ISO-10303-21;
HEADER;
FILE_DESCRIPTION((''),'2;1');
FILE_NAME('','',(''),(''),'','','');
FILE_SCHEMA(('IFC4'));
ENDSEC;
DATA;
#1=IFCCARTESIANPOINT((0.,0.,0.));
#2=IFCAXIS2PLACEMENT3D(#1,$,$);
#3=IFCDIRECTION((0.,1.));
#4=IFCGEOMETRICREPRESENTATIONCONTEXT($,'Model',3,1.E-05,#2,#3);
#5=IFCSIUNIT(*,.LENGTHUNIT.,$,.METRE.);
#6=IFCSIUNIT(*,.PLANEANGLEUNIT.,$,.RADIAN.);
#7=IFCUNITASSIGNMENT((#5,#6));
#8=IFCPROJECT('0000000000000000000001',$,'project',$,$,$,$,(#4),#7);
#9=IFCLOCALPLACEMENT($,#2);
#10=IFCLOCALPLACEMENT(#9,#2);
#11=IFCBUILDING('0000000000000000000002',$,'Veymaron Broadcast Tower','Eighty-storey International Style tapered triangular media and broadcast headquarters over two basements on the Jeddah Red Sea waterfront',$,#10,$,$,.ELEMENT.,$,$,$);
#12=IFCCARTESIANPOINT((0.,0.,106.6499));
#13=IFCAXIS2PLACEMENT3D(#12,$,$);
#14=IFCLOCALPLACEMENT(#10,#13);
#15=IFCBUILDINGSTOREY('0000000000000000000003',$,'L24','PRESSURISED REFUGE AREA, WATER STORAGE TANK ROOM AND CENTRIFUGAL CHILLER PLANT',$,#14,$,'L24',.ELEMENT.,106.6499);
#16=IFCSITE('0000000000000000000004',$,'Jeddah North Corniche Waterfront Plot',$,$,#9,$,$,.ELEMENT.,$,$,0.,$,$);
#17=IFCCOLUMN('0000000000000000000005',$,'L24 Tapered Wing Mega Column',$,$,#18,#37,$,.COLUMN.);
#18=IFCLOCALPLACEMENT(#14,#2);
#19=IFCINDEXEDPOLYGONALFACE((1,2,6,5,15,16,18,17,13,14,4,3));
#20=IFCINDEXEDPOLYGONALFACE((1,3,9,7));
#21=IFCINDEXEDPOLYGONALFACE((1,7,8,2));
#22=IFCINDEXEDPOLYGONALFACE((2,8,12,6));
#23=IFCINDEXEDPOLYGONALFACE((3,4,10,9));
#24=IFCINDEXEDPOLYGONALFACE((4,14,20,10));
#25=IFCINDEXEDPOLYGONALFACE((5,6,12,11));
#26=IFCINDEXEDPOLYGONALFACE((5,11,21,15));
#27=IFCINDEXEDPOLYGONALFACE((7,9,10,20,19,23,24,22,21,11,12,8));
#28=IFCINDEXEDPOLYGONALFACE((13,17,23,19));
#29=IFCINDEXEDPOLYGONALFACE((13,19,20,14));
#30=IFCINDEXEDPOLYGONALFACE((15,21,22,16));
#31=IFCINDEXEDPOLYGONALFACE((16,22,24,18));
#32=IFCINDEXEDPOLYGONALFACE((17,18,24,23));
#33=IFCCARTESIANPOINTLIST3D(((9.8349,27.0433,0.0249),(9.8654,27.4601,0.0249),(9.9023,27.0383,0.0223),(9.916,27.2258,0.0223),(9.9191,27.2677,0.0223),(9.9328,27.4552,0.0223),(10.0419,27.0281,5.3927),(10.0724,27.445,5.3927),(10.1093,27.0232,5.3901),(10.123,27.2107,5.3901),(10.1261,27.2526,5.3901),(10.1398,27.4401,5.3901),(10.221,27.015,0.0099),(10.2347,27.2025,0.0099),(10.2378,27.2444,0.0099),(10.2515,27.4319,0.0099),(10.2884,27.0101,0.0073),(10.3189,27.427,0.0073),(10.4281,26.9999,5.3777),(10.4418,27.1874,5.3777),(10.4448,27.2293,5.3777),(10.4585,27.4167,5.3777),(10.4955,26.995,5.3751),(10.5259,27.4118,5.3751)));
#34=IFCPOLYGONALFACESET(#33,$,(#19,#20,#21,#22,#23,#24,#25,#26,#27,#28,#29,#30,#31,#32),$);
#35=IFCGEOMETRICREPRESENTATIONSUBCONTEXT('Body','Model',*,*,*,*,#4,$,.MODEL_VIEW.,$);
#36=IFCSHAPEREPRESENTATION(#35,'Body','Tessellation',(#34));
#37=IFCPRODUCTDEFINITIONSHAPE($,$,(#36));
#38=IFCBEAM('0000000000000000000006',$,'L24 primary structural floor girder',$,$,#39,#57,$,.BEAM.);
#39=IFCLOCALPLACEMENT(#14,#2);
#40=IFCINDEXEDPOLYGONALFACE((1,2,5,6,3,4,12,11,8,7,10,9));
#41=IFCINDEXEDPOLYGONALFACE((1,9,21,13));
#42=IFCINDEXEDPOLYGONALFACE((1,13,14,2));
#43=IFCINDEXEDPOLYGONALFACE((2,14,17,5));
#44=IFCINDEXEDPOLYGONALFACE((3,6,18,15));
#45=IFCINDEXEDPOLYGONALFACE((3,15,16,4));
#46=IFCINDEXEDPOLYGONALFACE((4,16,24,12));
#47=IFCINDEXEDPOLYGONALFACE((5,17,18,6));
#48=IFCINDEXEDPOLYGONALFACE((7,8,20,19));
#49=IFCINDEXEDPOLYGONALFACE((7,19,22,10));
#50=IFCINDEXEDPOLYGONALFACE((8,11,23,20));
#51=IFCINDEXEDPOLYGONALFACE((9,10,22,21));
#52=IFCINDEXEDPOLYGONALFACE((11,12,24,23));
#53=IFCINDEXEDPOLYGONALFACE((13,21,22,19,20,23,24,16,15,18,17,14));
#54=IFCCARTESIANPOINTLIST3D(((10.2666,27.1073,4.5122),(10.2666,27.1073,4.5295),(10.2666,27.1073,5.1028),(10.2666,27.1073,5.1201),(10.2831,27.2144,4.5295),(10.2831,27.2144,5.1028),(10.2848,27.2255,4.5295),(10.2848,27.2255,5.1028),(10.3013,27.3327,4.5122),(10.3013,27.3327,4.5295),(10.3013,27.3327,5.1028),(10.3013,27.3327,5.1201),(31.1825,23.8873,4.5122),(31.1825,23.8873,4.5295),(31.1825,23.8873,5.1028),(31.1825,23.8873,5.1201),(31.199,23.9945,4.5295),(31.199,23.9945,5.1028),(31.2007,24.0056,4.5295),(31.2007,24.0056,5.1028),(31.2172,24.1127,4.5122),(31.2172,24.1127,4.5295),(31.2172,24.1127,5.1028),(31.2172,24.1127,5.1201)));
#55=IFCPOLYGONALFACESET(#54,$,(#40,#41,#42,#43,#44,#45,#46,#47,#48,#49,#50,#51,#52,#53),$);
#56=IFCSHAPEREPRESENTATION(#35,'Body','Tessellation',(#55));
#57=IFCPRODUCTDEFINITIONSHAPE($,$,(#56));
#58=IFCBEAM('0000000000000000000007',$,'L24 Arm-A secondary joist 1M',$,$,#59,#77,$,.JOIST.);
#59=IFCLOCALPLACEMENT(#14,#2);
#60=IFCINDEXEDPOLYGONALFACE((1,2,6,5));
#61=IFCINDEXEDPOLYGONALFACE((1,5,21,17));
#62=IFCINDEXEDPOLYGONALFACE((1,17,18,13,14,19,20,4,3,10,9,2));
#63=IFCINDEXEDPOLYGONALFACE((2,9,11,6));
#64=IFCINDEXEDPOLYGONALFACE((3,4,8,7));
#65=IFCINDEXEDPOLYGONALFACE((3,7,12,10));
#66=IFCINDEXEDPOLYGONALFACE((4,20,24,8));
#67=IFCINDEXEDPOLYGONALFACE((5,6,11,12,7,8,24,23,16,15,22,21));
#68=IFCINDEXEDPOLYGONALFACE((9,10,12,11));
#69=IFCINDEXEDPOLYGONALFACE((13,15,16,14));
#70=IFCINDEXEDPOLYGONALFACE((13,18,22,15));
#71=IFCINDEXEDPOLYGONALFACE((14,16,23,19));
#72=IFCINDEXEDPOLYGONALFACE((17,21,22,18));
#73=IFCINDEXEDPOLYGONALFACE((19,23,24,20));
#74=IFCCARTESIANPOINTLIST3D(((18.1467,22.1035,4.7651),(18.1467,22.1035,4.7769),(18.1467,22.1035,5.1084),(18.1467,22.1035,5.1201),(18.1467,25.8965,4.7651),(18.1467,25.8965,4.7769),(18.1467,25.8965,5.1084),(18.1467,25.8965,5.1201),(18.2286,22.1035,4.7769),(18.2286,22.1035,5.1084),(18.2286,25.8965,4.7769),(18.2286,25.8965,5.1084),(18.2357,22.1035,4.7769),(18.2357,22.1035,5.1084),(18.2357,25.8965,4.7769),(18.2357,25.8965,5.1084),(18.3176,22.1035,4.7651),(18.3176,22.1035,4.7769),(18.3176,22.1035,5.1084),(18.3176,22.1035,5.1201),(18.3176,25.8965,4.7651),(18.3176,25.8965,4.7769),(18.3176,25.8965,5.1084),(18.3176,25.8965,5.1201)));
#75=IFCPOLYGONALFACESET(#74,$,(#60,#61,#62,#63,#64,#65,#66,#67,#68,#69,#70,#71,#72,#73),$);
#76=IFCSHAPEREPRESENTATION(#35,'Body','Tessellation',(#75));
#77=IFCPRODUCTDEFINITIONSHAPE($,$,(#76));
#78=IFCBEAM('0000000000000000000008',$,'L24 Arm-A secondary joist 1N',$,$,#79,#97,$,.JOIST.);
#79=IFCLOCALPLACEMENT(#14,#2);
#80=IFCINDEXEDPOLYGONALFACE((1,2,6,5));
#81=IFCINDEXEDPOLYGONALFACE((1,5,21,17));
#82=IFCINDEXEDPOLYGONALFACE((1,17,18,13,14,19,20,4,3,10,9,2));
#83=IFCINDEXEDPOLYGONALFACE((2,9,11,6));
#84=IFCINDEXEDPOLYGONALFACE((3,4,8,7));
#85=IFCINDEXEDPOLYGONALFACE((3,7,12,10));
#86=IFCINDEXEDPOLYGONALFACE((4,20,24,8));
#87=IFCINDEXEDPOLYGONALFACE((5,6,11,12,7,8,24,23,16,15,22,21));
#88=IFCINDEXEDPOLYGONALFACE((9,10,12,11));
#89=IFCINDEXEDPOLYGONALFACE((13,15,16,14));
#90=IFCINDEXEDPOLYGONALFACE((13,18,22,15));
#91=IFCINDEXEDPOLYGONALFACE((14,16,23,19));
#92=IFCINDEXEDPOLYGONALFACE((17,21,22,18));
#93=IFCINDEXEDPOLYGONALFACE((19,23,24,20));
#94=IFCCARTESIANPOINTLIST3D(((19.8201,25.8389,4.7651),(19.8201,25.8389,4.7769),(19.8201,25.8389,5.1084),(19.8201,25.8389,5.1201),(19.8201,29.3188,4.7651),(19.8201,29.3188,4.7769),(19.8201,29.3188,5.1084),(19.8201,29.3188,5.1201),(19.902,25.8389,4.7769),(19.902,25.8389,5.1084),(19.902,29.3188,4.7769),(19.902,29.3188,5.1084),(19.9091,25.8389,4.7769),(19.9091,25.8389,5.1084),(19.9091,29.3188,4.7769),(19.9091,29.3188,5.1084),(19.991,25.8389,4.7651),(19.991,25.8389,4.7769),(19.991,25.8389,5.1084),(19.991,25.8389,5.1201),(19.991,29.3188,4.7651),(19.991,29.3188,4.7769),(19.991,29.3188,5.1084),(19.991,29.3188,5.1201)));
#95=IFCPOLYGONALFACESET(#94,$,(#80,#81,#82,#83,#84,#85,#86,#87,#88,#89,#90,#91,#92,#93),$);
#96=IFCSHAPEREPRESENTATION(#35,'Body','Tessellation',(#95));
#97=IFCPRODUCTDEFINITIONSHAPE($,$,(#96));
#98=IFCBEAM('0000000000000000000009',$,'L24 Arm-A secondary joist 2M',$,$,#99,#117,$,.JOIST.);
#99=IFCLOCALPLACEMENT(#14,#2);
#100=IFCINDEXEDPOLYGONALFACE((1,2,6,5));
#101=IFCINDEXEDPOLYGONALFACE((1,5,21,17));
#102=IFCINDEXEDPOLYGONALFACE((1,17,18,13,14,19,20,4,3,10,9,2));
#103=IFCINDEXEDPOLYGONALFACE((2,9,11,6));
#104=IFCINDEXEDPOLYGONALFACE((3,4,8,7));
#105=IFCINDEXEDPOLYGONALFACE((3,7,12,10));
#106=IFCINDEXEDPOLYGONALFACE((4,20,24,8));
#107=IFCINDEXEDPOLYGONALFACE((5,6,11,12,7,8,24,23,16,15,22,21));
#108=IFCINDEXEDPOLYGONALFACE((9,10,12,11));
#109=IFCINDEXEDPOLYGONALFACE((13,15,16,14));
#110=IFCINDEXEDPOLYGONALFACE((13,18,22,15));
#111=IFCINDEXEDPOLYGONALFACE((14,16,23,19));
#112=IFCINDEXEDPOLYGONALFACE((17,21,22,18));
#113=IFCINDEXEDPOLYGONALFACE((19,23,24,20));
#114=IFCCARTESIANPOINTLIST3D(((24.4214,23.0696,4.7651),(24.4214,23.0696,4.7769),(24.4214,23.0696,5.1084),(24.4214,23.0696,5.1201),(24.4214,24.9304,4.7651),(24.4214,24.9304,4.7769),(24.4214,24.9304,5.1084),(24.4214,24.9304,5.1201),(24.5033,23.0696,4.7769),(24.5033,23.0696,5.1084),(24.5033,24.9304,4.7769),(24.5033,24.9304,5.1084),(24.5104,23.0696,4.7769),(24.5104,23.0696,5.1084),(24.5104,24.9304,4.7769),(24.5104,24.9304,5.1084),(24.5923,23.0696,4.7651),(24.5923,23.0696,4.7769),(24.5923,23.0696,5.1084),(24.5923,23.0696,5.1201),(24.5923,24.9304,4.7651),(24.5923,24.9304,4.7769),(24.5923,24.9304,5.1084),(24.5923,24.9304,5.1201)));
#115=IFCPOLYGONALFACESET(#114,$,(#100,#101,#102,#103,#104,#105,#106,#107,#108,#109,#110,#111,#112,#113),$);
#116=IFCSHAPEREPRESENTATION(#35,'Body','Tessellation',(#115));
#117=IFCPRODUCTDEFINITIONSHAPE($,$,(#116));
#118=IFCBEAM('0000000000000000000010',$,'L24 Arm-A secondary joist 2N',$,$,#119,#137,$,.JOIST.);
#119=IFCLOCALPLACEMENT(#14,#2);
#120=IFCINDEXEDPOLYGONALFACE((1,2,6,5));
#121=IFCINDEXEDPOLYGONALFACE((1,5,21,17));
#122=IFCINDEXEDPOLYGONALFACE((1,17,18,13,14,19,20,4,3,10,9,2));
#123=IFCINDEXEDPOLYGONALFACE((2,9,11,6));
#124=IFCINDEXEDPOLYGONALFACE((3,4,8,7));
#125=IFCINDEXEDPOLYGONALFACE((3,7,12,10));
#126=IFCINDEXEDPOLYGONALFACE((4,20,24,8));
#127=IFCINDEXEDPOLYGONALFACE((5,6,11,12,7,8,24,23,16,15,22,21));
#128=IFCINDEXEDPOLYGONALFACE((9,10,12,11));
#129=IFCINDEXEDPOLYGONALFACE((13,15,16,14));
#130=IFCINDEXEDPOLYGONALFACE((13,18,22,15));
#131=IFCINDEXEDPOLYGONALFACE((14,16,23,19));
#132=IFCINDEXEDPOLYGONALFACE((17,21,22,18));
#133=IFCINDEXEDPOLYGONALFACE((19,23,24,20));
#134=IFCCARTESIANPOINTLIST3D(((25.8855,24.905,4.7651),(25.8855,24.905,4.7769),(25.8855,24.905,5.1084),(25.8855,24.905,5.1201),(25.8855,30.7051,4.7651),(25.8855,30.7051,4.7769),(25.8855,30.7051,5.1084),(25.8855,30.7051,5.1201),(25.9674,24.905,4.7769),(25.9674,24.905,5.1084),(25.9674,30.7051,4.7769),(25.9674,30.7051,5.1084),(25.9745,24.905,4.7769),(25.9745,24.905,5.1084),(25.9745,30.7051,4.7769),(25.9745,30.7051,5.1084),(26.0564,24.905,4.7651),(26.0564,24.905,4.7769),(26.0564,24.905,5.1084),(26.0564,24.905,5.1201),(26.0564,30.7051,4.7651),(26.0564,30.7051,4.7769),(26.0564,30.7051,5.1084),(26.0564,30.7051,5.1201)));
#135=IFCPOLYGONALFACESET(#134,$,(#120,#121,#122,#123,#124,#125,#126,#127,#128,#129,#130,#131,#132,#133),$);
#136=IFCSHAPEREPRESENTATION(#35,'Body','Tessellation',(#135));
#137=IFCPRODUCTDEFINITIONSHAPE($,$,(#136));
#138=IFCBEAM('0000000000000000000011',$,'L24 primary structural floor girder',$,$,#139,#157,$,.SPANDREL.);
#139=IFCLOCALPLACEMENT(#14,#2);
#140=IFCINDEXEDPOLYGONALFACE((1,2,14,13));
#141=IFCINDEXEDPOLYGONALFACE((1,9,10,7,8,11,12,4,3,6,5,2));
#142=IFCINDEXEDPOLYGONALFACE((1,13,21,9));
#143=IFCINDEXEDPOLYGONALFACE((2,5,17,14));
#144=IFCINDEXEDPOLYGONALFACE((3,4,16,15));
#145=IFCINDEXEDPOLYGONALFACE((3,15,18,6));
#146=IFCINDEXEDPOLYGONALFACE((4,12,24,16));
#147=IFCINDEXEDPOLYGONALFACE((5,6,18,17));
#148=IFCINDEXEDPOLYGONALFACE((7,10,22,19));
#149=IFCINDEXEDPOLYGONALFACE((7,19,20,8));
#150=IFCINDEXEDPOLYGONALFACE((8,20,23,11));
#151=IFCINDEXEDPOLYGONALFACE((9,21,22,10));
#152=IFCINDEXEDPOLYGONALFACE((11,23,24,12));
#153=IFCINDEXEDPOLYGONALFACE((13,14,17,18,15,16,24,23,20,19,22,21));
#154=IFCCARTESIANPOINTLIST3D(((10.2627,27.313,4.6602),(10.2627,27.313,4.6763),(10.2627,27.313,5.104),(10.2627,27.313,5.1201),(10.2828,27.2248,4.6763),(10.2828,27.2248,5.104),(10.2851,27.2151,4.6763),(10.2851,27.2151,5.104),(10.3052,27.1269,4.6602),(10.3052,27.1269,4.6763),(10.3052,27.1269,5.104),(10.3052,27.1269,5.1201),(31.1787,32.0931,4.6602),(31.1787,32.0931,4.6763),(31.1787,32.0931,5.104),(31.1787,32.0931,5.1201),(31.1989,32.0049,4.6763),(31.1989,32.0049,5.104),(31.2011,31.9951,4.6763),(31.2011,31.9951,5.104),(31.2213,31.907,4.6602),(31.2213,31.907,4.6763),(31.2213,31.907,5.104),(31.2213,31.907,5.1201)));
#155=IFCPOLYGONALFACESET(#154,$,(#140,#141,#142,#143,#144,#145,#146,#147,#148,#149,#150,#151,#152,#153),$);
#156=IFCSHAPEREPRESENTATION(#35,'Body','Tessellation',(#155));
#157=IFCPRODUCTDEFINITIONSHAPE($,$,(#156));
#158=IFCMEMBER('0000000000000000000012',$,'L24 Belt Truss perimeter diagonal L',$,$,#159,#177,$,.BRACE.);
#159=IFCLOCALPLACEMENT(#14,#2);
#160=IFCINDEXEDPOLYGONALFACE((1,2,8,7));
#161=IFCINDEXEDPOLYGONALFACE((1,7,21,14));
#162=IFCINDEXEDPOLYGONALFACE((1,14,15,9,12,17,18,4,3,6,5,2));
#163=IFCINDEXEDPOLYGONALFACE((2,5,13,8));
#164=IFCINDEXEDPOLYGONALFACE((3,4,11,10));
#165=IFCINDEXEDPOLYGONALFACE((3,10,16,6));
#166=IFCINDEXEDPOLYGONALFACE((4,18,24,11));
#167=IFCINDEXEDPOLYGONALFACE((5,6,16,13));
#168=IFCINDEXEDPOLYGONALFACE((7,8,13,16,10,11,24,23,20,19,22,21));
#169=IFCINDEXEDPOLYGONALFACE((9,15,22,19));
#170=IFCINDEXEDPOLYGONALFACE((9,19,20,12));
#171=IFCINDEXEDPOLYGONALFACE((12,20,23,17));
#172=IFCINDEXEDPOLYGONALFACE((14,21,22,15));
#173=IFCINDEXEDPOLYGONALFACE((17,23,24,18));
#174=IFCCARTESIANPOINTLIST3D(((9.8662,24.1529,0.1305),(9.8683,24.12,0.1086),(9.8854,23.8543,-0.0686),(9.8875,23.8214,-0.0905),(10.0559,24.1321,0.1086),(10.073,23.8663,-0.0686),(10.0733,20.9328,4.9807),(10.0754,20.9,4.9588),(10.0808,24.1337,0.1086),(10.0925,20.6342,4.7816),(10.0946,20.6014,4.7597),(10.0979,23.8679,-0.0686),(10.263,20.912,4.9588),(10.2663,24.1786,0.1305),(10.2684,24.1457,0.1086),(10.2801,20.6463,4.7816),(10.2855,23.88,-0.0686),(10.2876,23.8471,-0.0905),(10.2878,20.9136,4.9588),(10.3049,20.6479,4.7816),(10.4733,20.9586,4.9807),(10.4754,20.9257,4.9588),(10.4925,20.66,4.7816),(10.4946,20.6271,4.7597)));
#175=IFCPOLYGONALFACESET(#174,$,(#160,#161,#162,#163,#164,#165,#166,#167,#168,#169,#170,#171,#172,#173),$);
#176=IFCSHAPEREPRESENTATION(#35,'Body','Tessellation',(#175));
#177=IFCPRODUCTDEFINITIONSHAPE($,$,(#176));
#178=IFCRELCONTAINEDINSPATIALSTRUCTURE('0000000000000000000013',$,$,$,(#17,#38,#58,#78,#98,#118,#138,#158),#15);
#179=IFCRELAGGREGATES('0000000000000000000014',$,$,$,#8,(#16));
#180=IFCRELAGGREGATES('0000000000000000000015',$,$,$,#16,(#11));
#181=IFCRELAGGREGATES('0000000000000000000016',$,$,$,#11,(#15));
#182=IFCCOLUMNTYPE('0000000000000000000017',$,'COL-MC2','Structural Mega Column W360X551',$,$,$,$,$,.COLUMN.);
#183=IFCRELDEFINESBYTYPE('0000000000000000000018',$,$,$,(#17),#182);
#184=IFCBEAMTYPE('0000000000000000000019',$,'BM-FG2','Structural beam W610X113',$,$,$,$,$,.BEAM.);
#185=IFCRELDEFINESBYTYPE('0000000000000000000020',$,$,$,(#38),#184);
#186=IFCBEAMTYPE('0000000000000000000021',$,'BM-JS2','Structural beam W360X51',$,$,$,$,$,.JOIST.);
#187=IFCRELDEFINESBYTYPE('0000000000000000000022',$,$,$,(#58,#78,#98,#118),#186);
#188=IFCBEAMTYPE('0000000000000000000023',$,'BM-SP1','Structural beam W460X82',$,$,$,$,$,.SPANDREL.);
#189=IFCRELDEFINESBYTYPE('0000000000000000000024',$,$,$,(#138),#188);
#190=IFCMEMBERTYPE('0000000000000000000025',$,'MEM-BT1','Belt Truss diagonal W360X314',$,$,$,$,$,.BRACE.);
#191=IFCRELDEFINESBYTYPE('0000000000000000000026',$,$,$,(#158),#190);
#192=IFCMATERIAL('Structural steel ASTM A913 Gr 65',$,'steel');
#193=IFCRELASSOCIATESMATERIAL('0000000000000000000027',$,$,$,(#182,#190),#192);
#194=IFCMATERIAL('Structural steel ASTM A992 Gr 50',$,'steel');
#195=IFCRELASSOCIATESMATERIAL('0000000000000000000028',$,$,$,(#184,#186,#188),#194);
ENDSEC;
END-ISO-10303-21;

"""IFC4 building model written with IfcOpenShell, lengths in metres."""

from ifc_helpers import new_model, si_unit, direction, frame, origin, origin_2d, place, context, subcontext, project, spatial, i_section, extrude, material, material_profile, profile_set, type_object, element, save


model = new_model("IFC4")

# Units and contexts
model_context = context("Model", 3, precision=1e-05, world=origin(), true_north=direction((0.0, 1.0)))
body_context = subcontext(model_context, "Body", "Model", "MODEL_VIEW")
ifc_project = project(units=[si_unit("LENGTHUNIT", "METRE"), si_unit("PLANEANGLEUNIT", "RADIAN")], contexts=[model_context])

# Site, building, storey
site_placement = place(None, origin())
site = spatial("IfcSite", under=ifc_project, at=site_placement, Name="Jeddah North Corniche Waterfront Plot", CompositionType="ELEMENT", RefElevation=0.0)
building_placement = place(site_placement, origin())
building = spatial("IfcBuilding", under=site, at=building_placement, Name="Veymaron Broadcast Tower", Description="Eighty-storey International Style tapered triangular media and broadcast headquarters over two basements on the Jeddah Red Sea waterfront", CompositionType="ELEMENT")
storey_placement = place(building_placement, frame((0.0, 0.0, 106.6499)))
storey = spatial("IfcBuildingStorey", under=building, at=storey_placement, Name="L24", Description="PRESSURISED REFUGE AREA, WATER STORAGE TANK ROOM AND CENTRIFUGAL CHILLER PLANT", LongName="L24", CompositionType="ELEMENT", Elevation=106.6499)

# Column
ifc_material_1 = material(Name="Structural steel ASTM A913 Gr 65", Category="steel")
ifc_material_profile_1 = material_profile(ifc_material_1, i_section(OverallWidth=0.418, OverallDepth=0.4551, WebThickness=0.042, FlangeThickness=0.0676, at=origin_2d()), Name="W360X551")
ifc_profile_set_1 = profile_set([ifc_material_profile_1], Name="Structural steel ASTM A913 Gr 65")
column_type = type_object("IfcColumnType", Name="COL-MC2", Description="Structural Mega Column W360X551", PredefinedType="COLUMN", material=ifc_profile_set_1)
column_placement = place(storey_placement, frame((10.0769, 27.2351, 0.0161), z_axis=(0.038539, -0.002818, 0.999253), x_axis=(0.072919, 0.997338, 0.0)))
element("IfcColumn", 1, at=column_placement, inside=storey, type_object=column_type, Name="L24 Tapered Wing Mega Column", PredefinedType="COLUMN", context=body_context, shape_type="SweptSolid", body=[
    extrude(i_section(OverallWidth=0.418, OverallDepth=0.4551, WebThickness=0.042, FlangeThickness=0.0676, at=origin_2d()), origin(), (0.0, 0.0, 1.0), 5.3718),
])

# Beams
ifc_material_2 = material(Name="Structural steel ASTM A992 Gr 50", Category="steel")
ifc_material_profile_2 = material_profile(ifc_material_2, i_section(OverallWidth=0.228, OverallDepth=0.6079, WebThickness=0.0112, FlangeThickness=0.0173, at=origin_2d()), Name="W610X113")
ifc_profile_set_2 = profile_set([ifc_material_profile_2], Name="Structural steel ASTM A992 Gr 50")
beam_type_1 = type_object("IfcBeamType", Name="BM-FG2", Description="Structural beam W610X113", PredefinedType="BEAM", material=ifc_profile_set_2)
beam_1_placement = place(storey_placement, frame((10.2839, 27.22, 4.8162), z_axis=(0.988357, -0.152155, 0.0), x_axis=(0.152155, 0.988357, 0.0)))
element("IfcBeam", 2, at=beam_1_placement, inside=storey, type_object=beam_type_1, Name="L24 primary structural floor girder", PredefinedType="BEAM", context=body_context, shape_type="SweptSolid", body=[
    extrude(i_section(OverallWidth=0.228, OverallDepth=0.6079, WebThickness=0.0112, FlangeThickness=0.0173, at=origin_2d()), origin(), (0.0, 0.0, 1.0), 21.1624),
])
ifc_material_profile_3 = material_profile(ifc_material_2, i_section(OverallWidth=0.1709, OverallDepth=0.355, WebThickness=0.0071, FlangeThickness=0.0117, at=origin_2d()), Name="W360X51")
ifc_profile_set_3 = profile_set([ifc_material_profile_3], Name="Structural steel ASTM A992 Gr 50")
beam_type_2 = type_object("IfcBeamType", Name="BM-JS2", Description="Structural beam W360X51", PredefinedType="JOIST", material=ifc_profile_set_3)
beam_2_placement = place(storey_placement, frame((18.2322, 22.1035, 4.9426), z_axis=(0.0, 1.0, 0.0), x_axis=(-1.0, 0.0, 0.0)))
element("IfcBeam", 3, at=beam_2_placement, inside=storey, type_object=beam_type_2, Name="L24 Arm-A secondary joist 1M", PredefinedType="JOIST", context=body_context, shape_type="SweptSolid", body=[
    extrude(i_section(OverallWidth=0.1709, OverallDepth=0.355, WebThickness=0.0071, FlangeThickness=0.0117, at=origin_2d()), origin(), (0.0, 0.0, 1.0), 3.793),
])
beam_3_placement = place(storey_placement, frame((19.9055, 25.8389, 4.9426), z_axis=(0.0, 1.0, 0.0), x_axis=(-1.0, 0.0, 0.0)))
element("IfcBeam", 4, at=beam_3_placement, inside=storey, type_object=beam_type_2, Name="L24 Arm-A secondary joist 1N", PredefinedType="JOIST", context=body_context, shape_type="SweptSolid", body=[
    extrude(i_section(OverallWidth=0.1709, OverallDepth=0.355, WebThickness=0.0071, FlangeThickness=0.0117, at=origin_2d()), origin(), (0.0, 0.0, 1.0), 3.48),
])
beam_4_placement = place(storey_placement, frame((24.5068, 23.0696, 4.9426), z_axis=(0.0, 1.0, 0.0), x_axis=(-1.0, 0.0, 0.0)))
element("IfcBeam", 5, at=beam_4_placement, inside=storey, type_object=beam_type_2, Name="L24 Arm-A secondary joist 2M", PredefinedType="JOIST", context=body_context, shape_type="SweptSolid", body=[
    extrude(i_section(OverallWidth=0.1709, OverallDepth=0.355, WebThickness=0.0071, FlangeThickness=0.0117, at=origin_2d()), origin(), (0.0, 0.0, 1.0), 1.8608),
])
beam_5_placement = place(storey_placement, frame((25.9709, 24.905, 4.9426), z_axis=(0.0, 1.0, 0.0), x_axis=(-1.0, 0.0, 0.0)))
element("IfcBeam", 6, at=beam_5_placement, inside=storey, type_object=beam_type_2, Name="L24 Arm-A secondary joist 2N", PredefinedType="JOIST", context=body_context, shape_type="SweptSolid", body=[
    extrude(i_section(OverallWidth=0.1709, OverallDepth=0.355, WebThickness=0.0071, FlangeThickness=0.0117, at=origin_2d()), origin(), (0.0, 0.0, 1.0), 5.8),
])
ifc_material_profile_4 = material_profile(ifc_material_2, i_section(OverallWidth=0.1909, OverallDepth=0.46, WebThickness=0.01, FlangeThickness=0.0161, at=origin_2d()), Name="W460X82")
ifc_profile_set_4 = profile_set([ifc_material_profile_4], Name="Structural steel ASTM A992 Gr 50")
beam_type_3 = type_object("IfcBeamType", Name="BM-SP1", Description="Structural beam W460X82", PredefinedType="SPANDREL", material=ifc_profile_set_4)
beam_6_placement = place(storey_placement, frame((10.2839, 27.22, 4.8901), z_axis=(0.974866, 0.222791, 0.0), x_axis=(-0.222791, 0.974866, 0.0)))
element("IfcBeam", 7, at=beam_6_placement, inside=storey, type_object=beam_type_3, Name="L24 primary structural floor girder", PredefinedType="SPANDREL", context=body_context, shape_type="SweptSolid", body=[
    extrude(i_section(OverallWidth=0.1909, OverallDepth=0.46, WebThickness=0.01, FlangeThickness=0.0161, at=origin_2d()), origin(), (0.0, 0.0, 1.0), 21.4553),
])

# Member
ifc_material_profile_5 = material_profile(ifc_material_1, i_section(OverallWidth=0.4009, OverallDepth=0.3989, WebThickness=0.0249, FlangeThickness=0.0396, at=origin_2d()), Name="W360X314")
ifc_profile_set_5 = profile_set([ifc_material_profile_5], Name="Structural steel ASTM A913 Gr 65")
member_type = type_object("IfcMemberType", Name="MEM-BT1", Description="Belt Truss diagonal W360X314", PredefinedType="BRACE", material=ifc_profile_set_5)
for number, where, z_axis, x_axis, name in (
    (8, (10.0769, 24.0, 0.02), (0.03554, -0.552753, 0.832587), (0.997939, 0.064164, 0.0), "L24 Belt Truss perimeter diagonal L"),
):
    element("IfcMember", number, at=place(storey_placement, frame(where, z_axis=z_axis, x_axis=x_axis)), inside=storey, type_object=member_type, Name=name, PredefinedType="BRACE", context=body_context, shape_type="SweptSolid", body=[
        extrude(i_section(OverallWidth=0.4009, OverallDepth=0.3989, WebThickness=0.0249, FlangeThickness=0.0396, at=origin_2d()), origin(), (0.0, 0.0, 1.0), 5.8254),
    ])

save(model, "model.ifc")
